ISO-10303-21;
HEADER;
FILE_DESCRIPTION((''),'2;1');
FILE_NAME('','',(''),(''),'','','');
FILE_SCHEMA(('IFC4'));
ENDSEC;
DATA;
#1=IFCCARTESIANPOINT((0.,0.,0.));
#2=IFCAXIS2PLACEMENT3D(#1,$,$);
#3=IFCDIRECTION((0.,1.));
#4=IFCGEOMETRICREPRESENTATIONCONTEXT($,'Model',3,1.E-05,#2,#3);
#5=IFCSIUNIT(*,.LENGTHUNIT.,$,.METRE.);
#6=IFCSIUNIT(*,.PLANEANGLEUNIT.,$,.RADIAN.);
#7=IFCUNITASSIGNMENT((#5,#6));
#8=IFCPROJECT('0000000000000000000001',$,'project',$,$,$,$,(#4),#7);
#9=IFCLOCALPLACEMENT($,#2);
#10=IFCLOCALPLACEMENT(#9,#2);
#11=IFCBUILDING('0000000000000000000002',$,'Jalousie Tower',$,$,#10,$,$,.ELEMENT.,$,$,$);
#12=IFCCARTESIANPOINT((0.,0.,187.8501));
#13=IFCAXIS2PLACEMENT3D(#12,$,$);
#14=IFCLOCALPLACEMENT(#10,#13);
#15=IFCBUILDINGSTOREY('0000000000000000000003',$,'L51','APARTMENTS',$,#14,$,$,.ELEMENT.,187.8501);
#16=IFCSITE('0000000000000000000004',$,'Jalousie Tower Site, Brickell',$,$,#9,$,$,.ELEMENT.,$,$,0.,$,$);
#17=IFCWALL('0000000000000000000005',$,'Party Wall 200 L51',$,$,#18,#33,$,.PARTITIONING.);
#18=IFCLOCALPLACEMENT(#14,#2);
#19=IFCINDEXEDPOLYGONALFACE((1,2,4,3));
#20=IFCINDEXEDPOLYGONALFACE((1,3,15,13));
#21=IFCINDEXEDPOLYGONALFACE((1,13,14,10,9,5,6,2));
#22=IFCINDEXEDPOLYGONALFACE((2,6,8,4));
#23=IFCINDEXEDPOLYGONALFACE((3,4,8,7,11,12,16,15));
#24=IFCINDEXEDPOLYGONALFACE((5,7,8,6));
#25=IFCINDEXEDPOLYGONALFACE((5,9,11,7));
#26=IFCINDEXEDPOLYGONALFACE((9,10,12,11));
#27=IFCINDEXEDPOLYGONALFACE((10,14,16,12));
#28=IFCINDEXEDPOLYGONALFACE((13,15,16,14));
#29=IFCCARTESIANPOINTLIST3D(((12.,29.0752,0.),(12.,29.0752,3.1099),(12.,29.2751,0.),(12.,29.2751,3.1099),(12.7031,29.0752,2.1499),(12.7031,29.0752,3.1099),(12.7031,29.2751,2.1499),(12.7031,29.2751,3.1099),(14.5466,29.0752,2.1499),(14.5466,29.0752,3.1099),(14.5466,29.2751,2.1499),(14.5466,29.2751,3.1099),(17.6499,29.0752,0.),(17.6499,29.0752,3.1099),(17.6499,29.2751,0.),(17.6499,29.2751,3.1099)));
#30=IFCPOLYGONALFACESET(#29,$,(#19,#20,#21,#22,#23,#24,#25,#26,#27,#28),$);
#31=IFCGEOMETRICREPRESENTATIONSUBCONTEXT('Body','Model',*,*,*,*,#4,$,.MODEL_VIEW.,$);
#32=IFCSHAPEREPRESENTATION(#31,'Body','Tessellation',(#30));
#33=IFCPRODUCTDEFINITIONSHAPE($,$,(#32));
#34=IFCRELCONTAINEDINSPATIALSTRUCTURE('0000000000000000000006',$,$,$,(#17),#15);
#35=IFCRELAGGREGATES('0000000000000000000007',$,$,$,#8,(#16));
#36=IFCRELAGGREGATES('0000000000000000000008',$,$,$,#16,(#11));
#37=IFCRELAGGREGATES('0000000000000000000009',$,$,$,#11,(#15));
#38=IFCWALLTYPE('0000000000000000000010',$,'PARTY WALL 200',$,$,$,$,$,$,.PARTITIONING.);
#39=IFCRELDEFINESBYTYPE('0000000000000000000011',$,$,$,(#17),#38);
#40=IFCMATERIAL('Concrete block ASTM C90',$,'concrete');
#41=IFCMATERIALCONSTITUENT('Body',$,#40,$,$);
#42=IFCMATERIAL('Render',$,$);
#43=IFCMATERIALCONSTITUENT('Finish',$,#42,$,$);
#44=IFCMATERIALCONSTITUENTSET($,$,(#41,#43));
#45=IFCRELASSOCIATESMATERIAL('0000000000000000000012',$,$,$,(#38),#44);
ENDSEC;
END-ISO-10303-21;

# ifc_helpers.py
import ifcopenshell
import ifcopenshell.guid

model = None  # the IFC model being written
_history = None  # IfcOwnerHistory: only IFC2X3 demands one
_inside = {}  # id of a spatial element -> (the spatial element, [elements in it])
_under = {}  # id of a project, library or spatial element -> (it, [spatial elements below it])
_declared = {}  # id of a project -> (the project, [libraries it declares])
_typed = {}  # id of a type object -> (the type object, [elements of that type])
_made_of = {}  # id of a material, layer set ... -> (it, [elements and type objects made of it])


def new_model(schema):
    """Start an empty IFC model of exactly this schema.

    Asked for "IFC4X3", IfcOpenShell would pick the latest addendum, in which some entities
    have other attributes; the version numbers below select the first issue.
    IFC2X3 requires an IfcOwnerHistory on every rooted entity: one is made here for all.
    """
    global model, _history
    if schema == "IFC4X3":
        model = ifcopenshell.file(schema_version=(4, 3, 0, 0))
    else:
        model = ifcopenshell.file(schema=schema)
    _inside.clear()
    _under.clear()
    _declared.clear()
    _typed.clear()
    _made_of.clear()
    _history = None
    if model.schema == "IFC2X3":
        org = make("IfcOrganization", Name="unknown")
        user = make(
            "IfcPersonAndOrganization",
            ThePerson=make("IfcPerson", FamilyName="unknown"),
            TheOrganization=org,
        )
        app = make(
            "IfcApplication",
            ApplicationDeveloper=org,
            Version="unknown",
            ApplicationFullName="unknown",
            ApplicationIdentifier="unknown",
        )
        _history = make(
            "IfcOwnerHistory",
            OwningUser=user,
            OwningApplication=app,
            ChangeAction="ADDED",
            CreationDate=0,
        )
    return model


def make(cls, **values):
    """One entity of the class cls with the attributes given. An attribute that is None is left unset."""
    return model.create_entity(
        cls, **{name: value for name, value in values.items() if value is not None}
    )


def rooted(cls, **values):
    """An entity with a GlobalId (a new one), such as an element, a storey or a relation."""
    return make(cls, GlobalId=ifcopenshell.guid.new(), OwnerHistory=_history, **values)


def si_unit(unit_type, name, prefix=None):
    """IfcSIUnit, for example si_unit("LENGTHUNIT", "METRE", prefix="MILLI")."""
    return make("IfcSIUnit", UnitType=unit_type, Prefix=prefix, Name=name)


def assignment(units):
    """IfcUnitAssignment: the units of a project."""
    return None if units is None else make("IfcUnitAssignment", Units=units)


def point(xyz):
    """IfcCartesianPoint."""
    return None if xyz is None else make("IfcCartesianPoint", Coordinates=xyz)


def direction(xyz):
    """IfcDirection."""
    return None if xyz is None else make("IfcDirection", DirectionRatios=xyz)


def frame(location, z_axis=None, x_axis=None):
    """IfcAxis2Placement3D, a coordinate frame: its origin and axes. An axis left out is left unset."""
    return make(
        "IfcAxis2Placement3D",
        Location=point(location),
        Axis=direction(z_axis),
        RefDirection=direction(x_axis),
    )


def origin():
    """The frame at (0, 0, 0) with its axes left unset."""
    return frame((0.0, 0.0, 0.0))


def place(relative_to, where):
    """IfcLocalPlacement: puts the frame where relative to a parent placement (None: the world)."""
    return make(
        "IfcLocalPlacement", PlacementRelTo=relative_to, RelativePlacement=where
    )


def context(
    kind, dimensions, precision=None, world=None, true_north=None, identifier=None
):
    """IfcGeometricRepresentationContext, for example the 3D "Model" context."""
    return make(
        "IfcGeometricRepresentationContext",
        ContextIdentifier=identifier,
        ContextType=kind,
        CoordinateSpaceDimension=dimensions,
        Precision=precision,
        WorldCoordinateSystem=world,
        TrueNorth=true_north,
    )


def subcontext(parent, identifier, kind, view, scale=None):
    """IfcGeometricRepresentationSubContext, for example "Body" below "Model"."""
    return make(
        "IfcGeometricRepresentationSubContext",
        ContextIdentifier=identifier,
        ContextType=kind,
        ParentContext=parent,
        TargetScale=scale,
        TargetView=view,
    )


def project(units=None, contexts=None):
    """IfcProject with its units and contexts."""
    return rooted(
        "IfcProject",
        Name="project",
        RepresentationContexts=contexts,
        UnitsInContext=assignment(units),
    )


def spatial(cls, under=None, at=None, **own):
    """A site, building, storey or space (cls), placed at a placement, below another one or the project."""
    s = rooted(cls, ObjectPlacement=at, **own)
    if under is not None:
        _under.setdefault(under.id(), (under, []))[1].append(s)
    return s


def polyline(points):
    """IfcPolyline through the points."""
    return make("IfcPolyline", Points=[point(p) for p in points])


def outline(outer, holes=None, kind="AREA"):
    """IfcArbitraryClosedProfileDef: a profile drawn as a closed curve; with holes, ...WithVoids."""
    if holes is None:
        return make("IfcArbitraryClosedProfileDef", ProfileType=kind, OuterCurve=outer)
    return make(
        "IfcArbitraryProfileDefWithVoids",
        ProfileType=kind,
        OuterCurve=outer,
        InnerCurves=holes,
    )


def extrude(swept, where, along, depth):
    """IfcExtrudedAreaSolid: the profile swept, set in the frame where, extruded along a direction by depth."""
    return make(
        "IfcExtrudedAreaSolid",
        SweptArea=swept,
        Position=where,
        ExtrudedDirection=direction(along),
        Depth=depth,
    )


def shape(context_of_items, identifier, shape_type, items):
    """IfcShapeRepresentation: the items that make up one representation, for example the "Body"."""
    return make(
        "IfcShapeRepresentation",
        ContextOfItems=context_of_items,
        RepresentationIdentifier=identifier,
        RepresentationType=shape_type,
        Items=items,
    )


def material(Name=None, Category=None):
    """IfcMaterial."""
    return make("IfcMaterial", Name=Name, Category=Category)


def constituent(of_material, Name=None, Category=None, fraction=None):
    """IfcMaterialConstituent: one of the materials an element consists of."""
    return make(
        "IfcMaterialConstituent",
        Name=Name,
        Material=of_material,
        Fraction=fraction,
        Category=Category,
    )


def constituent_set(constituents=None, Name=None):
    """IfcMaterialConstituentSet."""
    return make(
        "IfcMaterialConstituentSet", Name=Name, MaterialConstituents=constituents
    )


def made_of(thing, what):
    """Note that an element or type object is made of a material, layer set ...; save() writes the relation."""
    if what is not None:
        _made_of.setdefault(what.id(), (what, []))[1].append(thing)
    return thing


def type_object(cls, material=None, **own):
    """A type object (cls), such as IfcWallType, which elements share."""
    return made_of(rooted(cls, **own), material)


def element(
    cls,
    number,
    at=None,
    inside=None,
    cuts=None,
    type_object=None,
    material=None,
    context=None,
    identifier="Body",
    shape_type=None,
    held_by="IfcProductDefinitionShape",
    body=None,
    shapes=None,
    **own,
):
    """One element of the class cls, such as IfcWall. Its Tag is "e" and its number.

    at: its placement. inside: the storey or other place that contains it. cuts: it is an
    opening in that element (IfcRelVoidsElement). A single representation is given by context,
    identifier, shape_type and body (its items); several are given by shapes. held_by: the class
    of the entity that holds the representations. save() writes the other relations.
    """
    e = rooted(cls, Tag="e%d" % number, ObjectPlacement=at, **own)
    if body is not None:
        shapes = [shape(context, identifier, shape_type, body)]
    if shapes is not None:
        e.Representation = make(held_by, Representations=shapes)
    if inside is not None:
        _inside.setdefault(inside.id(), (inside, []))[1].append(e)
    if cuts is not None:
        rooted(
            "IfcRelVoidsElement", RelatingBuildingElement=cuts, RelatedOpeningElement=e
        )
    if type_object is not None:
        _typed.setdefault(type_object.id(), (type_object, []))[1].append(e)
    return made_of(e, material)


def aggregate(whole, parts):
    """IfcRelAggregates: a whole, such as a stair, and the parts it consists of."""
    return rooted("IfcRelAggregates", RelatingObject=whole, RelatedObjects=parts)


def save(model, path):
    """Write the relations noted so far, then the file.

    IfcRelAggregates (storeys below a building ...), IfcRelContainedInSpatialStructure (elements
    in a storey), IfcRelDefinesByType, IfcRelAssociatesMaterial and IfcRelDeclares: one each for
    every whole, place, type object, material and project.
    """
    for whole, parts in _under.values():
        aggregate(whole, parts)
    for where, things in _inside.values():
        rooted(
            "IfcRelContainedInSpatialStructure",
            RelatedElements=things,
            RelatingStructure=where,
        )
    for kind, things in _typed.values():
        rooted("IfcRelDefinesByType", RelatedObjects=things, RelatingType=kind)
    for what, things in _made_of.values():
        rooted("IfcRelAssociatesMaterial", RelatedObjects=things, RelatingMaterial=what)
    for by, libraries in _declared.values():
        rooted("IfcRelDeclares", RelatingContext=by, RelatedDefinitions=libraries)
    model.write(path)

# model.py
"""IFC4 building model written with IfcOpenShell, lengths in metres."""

from ifc_helpers import new_model, si_unit, direction, frame, origin, place, context, subcontext, project, spatial, polyline, outline, extrude, material, constituent, constituent_set, type_object, element, save


model = new_model("IFC4")

# Units and contexts
model_context = context("Model", 3, precision=1e-05, world=origin(), true_north=direction((0.0, 1.0)))
body_context = subcontext(model_context, "Body", "Model", "MODEL_VIEW")
ifc_project = project(units=[si_unit("LENGTHUNIT", "METRE"), si_unit("PLANEANGLEUNIT", "RADIAN")], contexts=[model_context])

# Site, building, storey
site_placement = place(None, origin())
site = spatial("IfcSite", under=ifc_project, at=site_placement, Name="Jalousie Tower Site, Brickell", CompositionType="ELEMENT", RefElevation=0.0)
building_placement = place(site_placement, origin())
building = spatial("IfcBuilding", under=site, at=building_placement, Name="Jalousie Tower", CompositionType="ELEMENT")
storey_placement = place(building_placement, frame((0.0, 0.0, 187.8501)))
storey = spatial("IfcBuildingStorey", under=building, at=storey_placement, Name="L51", Description="APARTMENTS", CompositionType="ELEMENT", Elevation=187.8501)

# Wall
ifc_material_1 = material(Name="Concrete block ASTM C90", Category="concrete")
ifc_constituent_1 = constituent(ifc_material_1, Name="Body")
ifc_material_2 = material(Name="Render")
ifc_constituent_2 = constituent(ifc_material_2, Name="Finish")
ifc_constituent_set_1 = constituent_set(constituents=[ifc_constituent_1, ifc_constituent_2])
wall_type_1 = type_object("IfcWallType", Name="PARTY WALL 200", PredefinedType="PARTITIONING", material=ifc_constituent_set_1)
wall_1_placement = place(storey_placement, frame((12.0, 29.175, 0.0), z_axis=(0.0, 0.0, 1.0), x_axis=(1.0, 0.0, 0.0)))
element("IfcWall", 1, at=wall_1_placement, inside=storey, type_object=wall_type_1, Name="Party Wall 200 L51", PredefinedType="PARTITIONING", context=body_context, shape_type="SweptSolid", body=[
    extrude(outline(polyline([(0.0, 0.0), (5.6499, 0.0), (5.6499, 3.1099), (2.5466, 3.1099), (2.5466, 2.1499), (0.7031, 2.1499), (0.7031, 3.1099), (0.0, 3.1099), (0.0, 0.0)])), frame((0.0, 0.1001, 0.0), z_axis=(0.0, -1.0, 0.0), x_axis=(1.0, 0.0, 0.0)), (0.0, 0.0, 1.0), 0.2),
])

save(model, "model.ifc")
